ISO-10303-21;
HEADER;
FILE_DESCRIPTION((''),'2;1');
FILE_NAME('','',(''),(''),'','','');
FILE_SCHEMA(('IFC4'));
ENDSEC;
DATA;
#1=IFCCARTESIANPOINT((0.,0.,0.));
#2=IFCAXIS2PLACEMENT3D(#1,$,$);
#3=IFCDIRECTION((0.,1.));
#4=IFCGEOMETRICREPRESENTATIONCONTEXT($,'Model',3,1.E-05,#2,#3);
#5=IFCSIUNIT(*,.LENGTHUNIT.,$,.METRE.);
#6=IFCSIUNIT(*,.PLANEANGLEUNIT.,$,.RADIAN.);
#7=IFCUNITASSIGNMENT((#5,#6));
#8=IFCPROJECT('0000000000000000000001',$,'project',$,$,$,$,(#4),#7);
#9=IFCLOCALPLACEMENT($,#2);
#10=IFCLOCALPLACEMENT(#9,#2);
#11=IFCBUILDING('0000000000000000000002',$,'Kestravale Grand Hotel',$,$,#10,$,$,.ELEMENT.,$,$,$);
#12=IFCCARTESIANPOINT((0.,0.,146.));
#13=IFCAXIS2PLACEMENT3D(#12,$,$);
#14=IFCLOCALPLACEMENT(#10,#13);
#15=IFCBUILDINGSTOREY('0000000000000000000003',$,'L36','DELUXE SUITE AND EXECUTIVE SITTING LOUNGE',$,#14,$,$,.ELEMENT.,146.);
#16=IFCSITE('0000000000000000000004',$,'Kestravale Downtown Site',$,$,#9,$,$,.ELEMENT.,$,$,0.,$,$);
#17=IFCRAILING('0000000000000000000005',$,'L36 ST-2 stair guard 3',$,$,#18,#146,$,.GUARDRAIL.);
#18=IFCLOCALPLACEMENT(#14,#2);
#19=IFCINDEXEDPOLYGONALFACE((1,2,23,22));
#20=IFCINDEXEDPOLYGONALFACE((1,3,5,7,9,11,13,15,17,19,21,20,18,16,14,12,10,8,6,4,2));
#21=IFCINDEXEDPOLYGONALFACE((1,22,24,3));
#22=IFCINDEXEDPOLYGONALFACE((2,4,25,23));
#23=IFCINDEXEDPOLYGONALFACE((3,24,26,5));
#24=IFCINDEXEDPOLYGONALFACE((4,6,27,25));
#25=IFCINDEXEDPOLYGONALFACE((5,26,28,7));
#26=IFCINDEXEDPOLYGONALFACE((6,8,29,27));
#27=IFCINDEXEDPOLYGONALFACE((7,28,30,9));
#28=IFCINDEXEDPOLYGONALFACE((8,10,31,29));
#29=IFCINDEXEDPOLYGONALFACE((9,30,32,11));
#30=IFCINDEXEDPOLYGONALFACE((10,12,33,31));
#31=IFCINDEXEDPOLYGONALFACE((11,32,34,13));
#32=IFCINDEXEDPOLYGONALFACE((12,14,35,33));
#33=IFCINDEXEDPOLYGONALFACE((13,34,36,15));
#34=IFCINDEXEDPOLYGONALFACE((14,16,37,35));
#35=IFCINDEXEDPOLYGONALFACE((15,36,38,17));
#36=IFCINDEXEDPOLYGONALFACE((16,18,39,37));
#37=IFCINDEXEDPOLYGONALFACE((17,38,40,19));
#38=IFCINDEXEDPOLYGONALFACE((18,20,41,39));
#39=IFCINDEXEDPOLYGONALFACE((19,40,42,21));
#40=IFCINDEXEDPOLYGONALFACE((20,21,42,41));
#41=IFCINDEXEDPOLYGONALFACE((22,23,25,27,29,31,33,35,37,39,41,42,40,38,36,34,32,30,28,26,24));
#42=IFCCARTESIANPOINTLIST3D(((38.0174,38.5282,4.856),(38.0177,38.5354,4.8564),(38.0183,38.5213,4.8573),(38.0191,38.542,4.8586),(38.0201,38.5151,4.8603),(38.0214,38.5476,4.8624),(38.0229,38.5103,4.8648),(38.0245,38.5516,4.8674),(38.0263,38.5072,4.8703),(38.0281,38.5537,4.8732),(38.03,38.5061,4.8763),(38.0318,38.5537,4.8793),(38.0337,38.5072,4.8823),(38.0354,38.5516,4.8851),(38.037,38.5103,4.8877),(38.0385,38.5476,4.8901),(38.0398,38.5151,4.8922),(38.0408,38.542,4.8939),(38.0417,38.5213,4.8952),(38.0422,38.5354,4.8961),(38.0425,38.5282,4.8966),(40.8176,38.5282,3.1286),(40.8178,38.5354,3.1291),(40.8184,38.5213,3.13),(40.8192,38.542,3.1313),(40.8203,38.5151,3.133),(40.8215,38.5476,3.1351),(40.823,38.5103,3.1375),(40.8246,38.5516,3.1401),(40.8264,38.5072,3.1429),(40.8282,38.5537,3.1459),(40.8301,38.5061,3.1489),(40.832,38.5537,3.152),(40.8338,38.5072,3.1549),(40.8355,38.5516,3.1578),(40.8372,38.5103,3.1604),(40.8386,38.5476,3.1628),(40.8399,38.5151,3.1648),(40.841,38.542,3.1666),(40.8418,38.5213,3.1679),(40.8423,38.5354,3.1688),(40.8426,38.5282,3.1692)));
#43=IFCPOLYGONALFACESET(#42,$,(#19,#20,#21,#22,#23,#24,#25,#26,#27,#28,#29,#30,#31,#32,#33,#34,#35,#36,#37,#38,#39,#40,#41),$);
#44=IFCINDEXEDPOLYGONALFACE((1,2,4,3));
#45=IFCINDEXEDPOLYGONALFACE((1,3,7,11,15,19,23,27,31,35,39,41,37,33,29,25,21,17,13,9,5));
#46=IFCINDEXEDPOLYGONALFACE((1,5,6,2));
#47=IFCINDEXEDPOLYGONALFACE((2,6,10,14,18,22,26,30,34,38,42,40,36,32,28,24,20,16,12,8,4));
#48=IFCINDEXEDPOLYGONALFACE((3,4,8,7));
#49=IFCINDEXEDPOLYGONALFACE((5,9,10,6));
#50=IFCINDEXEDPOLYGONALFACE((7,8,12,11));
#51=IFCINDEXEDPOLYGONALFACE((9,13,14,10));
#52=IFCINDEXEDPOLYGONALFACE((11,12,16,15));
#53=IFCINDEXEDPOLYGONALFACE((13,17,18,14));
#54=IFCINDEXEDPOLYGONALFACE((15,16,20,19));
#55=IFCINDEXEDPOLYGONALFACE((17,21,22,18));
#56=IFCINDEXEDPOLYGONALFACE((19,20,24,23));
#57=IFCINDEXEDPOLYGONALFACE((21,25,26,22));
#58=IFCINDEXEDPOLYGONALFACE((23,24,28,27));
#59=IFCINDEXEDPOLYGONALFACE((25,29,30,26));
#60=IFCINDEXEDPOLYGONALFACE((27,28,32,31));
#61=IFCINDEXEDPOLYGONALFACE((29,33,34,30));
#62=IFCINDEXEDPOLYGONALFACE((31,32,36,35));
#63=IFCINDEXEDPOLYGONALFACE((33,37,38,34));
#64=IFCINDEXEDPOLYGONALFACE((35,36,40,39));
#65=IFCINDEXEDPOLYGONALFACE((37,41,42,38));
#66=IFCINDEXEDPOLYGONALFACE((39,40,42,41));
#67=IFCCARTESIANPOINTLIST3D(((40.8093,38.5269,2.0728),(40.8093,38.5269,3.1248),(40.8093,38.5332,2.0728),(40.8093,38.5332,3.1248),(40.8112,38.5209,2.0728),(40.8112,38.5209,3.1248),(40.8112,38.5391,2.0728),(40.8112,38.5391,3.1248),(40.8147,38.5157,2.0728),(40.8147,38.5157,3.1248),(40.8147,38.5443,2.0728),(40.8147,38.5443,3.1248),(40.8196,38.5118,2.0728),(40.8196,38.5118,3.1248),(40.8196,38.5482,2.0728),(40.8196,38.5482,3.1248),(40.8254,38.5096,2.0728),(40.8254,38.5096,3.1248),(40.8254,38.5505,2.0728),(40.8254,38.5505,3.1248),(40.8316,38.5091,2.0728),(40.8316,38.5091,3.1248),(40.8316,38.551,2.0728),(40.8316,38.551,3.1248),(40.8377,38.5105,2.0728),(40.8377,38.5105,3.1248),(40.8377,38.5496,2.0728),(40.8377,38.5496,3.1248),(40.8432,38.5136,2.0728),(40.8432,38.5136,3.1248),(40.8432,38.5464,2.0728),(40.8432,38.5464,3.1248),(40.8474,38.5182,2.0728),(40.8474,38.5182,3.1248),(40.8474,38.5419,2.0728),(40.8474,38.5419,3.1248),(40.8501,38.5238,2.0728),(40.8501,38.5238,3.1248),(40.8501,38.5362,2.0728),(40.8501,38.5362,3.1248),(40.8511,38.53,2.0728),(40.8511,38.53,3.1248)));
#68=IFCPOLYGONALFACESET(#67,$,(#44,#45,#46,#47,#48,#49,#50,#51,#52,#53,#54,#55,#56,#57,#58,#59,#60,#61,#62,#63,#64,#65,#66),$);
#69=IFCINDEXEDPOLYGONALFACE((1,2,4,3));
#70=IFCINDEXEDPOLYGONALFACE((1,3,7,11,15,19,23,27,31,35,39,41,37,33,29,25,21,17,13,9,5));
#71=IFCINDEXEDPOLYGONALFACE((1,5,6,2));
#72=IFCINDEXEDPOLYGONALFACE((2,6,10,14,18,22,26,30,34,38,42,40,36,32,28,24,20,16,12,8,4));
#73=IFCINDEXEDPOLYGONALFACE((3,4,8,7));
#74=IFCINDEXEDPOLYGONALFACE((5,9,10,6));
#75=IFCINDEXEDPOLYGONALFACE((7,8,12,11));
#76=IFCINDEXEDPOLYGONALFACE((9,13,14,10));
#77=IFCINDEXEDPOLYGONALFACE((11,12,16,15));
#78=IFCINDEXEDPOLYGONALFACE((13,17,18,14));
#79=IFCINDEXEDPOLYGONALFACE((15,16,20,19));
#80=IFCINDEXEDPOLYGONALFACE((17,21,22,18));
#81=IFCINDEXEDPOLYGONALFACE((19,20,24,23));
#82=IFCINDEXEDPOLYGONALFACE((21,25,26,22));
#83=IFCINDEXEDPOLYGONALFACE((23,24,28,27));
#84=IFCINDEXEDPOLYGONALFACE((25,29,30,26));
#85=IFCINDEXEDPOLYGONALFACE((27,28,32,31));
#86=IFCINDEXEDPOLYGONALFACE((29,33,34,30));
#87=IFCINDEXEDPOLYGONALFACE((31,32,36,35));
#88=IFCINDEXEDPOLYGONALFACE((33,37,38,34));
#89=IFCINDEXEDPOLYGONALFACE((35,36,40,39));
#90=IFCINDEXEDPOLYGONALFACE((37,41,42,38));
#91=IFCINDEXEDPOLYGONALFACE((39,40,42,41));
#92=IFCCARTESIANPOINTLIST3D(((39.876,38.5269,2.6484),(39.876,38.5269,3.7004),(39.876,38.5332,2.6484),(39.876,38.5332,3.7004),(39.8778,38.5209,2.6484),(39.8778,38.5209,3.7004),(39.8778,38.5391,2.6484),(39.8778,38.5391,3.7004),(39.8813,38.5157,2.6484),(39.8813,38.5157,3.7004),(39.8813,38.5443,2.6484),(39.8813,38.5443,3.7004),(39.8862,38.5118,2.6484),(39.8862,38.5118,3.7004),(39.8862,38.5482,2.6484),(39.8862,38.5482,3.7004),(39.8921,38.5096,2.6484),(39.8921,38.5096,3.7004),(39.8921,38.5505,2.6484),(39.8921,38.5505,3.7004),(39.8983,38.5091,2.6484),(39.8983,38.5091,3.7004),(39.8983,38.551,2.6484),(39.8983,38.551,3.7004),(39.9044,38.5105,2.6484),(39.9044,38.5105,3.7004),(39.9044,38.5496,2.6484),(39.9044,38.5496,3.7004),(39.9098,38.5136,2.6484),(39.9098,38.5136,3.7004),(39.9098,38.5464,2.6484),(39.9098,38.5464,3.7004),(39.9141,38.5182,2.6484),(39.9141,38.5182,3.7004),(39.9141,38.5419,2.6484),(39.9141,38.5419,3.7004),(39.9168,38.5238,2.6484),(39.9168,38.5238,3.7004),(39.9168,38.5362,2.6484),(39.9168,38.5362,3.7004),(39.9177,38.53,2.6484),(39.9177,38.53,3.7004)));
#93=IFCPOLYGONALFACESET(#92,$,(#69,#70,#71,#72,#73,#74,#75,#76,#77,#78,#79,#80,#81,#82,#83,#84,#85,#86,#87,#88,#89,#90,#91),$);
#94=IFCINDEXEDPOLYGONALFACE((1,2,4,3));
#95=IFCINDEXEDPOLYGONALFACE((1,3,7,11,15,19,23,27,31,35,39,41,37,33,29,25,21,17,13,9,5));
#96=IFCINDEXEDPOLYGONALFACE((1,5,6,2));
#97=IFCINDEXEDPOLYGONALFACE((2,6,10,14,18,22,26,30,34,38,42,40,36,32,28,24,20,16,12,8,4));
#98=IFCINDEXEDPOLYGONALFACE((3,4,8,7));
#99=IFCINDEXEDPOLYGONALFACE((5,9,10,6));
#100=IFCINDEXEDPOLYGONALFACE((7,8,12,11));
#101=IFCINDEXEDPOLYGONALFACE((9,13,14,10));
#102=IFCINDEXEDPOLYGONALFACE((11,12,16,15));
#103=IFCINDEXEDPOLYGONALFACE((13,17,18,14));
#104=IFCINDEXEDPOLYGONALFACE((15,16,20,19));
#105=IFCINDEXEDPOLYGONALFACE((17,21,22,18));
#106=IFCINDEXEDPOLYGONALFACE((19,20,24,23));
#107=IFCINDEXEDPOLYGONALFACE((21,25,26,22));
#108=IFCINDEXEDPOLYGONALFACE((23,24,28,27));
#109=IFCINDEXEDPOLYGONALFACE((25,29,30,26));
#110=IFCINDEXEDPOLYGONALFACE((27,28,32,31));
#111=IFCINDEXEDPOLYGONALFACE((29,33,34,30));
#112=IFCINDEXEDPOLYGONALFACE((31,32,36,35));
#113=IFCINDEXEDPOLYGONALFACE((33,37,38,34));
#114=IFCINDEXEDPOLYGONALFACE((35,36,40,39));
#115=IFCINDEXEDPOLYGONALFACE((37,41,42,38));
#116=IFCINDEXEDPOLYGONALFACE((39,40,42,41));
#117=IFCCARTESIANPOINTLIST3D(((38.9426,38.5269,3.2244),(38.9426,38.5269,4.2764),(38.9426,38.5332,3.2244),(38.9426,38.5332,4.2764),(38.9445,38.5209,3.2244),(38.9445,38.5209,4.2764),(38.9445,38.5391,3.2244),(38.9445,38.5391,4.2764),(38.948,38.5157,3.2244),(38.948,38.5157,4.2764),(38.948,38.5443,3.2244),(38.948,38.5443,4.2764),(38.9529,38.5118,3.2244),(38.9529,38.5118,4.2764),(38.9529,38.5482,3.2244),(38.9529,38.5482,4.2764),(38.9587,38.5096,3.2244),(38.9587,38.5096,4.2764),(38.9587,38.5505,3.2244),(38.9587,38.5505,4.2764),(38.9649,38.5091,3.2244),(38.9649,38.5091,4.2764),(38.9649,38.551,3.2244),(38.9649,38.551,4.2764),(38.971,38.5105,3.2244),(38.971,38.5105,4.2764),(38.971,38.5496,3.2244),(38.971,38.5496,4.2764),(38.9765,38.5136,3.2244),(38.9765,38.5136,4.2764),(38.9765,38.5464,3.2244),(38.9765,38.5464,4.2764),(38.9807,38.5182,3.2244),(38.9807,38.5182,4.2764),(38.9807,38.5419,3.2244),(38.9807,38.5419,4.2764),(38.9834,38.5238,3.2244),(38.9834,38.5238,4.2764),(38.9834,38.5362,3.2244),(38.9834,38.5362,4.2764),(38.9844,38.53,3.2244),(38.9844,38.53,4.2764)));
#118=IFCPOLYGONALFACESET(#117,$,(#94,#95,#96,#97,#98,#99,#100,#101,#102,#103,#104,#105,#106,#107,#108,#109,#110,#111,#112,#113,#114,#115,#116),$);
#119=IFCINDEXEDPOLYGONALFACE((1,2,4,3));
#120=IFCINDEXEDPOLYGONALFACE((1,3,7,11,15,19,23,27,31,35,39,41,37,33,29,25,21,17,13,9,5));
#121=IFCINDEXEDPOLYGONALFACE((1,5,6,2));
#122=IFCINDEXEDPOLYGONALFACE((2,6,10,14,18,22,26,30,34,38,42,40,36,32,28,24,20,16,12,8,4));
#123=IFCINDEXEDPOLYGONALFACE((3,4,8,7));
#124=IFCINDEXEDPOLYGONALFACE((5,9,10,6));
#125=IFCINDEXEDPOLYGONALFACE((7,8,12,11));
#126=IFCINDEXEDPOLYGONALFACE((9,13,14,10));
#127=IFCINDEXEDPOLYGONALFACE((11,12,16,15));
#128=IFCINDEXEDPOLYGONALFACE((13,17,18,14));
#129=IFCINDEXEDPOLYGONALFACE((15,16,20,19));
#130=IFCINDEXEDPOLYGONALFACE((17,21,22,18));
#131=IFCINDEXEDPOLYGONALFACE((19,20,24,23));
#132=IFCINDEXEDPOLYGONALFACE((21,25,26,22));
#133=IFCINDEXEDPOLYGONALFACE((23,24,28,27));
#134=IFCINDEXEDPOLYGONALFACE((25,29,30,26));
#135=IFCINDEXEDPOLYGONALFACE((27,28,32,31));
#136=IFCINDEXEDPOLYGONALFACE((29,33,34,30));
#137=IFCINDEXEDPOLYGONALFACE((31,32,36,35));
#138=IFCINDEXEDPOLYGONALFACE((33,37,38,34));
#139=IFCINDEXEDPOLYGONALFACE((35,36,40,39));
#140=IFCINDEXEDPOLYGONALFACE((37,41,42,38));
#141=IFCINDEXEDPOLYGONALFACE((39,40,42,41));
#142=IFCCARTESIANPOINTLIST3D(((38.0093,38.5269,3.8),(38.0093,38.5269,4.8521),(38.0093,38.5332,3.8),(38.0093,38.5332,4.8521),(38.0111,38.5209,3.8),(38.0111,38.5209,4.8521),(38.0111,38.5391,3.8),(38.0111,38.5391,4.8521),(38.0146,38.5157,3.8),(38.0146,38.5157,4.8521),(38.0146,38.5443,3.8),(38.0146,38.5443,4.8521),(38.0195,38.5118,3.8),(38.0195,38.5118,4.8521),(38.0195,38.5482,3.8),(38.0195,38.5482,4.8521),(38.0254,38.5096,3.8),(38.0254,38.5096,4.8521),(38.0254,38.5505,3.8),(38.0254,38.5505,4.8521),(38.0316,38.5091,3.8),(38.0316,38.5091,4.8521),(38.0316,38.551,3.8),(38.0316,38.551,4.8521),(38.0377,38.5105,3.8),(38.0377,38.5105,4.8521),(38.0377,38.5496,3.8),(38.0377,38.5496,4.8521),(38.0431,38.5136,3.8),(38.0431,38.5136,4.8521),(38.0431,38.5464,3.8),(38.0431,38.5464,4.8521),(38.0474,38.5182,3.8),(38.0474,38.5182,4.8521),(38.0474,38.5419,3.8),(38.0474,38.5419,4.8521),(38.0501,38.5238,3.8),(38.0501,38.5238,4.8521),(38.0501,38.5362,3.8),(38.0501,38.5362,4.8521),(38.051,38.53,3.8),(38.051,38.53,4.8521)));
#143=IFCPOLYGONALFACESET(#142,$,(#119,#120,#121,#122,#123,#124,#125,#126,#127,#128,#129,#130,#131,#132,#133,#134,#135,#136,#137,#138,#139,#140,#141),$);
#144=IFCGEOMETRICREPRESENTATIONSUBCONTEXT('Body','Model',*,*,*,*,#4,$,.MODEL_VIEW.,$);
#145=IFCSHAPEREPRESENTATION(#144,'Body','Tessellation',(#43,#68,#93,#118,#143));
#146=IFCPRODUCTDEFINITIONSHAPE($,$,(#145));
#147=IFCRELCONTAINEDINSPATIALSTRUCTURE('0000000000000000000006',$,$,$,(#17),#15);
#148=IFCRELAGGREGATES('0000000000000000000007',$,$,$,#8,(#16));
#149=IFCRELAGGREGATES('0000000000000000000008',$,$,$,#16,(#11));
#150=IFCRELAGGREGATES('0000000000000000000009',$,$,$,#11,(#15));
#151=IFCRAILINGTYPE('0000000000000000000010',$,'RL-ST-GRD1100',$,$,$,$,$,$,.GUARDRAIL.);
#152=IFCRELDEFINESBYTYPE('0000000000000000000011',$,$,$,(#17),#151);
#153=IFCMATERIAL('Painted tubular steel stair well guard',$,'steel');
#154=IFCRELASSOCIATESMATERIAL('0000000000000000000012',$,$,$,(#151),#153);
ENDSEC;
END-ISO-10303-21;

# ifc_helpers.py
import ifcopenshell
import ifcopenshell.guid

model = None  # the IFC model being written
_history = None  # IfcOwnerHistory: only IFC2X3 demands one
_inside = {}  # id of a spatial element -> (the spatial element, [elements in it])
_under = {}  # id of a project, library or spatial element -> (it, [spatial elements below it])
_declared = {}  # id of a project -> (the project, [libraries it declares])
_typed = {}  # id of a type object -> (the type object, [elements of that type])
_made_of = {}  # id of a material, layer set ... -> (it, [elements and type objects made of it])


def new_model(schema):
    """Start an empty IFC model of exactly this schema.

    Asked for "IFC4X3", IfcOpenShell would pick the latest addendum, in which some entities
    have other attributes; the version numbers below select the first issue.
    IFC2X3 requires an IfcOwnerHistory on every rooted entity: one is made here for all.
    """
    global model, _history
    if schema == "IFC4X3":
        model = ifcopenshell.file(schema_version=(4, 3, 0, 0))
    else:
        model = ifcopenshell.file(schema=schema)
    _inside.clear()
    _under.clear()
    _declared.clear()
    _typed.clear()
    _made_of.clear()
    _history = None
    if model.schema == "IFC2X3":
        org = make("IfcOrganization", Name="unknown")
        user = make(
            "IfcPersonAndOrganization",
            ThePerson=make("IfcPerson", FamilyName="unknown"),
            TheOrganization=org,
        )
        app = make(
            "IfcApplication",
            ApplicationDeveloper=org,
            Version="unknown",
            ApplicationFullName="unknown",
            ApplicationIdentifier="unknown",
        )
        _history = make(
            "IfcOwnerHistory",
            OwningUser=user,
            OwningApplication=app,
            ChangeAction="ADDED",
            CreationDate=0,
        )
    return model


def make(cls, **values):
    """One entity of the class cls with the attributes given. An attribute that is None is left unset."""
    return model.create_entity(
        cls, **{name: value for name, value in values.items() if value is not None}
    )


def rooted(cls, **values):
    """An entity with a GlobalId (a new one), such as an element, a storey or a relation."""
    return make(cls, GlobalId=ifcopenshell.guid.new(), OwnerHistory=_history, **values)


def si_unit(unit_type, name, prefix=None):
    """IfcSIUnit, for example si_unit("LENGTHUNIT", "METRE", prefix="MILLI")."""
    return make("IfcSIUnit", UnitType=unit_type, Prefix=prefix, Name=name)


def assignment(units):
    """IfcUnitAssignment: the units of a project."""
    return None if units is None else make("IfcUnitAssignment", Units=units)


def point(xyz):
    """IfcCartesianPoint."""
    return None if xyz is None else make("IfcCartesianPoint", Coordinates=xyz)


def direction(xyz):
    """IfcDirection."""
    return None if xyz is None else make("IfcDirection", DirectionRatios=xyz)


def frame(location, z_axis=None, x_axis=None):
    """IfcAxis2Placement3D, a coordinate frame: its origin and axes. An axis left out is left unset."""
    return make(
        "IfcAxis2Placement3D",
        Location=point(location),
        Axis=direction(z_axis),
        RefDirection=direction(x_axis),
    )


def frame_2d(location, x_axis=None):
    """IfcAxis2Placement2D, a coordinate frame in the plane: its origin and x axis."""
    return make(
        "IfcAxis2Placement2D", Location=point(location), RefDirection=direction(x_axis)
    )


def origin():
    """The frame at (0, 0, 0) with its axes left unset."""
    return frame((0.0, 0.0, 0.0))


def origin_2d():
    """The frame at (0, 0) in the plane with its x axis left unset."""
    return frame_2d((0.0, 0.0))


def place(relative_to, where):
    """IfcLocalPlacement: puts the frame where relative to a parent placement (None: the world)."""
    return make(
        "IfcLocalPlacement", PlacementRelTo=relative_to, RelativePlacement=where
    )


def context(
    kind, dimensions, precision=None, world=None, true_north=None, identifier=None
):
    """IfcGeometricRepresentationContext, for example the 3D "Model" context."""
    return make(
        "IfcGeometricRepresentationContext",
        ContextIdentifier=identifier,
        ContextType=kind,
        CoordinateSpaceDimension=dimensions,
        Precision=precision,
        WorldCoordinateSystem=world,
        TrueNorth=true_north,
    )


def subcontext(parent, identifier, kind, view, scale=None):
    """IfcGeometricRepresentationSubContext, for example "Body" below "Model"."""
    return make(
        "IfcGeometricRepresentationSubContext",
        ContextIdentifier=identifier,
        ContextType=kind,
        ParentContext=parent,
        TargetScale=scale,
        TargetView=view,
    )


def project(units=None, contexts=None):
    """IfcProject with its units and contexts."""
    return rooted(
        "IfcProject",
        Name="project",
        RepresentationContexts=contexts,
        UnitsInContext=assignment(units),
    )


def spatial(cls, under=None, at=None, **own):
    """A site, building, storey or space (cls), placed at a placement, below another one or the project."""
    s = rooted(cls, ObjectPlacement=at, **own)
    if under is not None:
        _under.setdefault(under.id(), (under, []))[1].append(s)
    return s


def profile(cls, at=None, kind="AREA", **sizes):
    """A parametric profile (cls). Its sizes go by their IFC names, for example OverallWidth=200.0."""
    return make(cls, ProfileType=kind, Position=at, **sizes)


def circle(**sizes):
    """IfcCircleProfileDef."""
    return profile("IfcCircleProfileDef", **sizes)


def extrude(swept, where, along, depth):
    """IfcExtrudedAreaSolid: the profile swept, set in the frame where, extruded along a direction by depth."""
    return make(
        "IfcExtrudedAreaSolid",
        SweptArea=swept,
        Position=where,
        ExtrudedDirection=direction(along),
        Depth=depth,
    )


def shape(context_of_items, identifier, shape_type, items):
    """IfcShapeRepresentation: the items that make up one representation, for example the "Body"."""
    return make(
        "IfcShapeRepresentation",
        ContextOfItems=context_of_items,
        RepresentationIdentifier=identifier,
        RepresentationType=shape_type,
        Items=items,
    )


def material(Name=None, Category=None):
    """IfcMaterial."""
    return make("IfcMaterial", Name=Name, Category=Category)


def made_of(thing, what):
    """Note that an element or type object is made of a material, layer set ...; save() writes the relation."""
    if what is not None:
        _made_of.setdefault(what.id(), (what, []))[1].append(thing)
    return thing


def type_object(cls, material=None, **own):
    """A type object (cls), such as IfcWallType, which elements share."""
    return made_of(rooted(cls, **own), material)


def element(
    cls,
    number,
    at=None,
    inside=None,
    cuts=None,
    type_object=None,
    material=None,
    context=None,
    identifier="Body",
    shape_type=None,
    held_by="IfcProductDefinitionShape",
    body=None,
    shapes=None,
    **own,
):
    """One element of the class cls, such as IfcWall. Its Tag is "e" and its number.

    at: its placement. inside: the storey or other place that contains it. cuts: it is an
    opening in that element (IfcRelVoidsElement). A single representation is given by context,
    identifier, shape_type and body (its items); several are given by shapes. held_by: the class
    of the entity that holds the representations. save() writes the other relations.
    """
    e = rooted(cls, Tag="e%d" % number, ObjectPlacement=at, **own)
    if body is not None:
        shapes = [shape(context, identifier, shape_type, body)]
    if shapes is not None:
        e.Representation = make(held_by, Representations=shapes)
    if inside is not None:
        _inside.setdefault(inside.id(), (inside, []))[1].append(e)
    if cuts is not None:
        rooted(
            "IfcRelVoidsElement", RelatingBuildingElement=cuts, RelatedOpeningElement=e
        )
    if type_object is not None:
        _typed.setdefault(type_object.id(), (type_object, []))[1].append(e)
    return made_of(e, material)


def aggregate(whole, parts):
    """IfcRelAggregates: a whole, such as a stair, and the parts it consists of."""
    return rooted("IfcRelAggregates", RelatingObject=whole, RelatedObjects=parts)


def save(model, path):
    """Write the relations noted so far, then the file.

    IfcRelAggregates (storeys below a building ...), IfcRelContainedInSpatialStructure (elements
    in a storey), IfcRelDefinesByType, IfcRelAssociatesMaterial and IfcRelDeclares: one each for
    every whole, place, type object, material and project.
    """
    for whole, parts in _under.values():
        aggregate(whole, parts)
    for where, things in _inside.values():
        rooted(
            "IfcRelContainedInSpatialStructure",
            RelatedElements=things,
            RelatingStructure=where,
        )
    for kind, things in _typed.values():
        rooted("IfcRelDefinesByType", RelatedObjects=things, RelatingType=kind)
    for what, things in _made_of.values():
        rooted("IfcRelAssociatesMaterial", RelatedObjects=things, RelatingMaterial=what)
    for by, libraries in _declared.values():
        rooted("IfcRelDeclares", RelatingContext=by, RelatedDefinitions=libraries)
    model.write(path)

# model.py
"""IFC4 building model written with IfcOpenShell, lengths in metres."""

from ifc_helpers import new_model, si_unit, direction, frame, origin, origin_2d, place, context, subcontext, project, spatial, circle, extrude, material, type_object, element, save


model = new_model("IFC4")

# Units and contexts
model_context = context("Model", 3, precision=1e-05, world=origin(), true_north=direction((0.0, 1.0)))
body_context = subcontext(model_context, "Body", "Model", "MODEL_VIEW")
ifc_project = project(units=[si_unit("LENGTHUNIT", "METRE"), si_unit("PLANEANGLEUNIT", "RADIAN")], contexts=[model_context])

# Site, building, storey
site_placement = place(None, origin())
site = spatial("IfcSite", under=ifc_project, at=site_placement, Name="Kestravale Downtown Site", CompositionType="ELEMENT", RefElevation=0.0)
building_placement = place(site_placement, origin())
building = spatial("IfcBuilding", under=site, at=building_placement, Name="Kestravale Grand Hotel", CompositionType="ELEMENT")
storey_placement = place(building_placement, frame((0.0, 0.0, 146.0)))
storey = spatial("IfcBuildingStorey", under=building, at=storey_placement, Name="L36", Description="DELUXE SUITE AND EXECUTIVE SITTING LOUNGE", CompositionType="ELEMENT", Elevation=146.0)

# Railing
ifc_material_1 = material(Name="Painted tubular steel stair well guard", Category="steel")
railing_type_1 = type_object("IfcRailingType", Name="RL-ST-GRD1100", PredefinedType="GUARDRAIL", material=ifc_material_1)
railing_1_placement = place(storey_placement, frame((40.8301, 38.53, 2.0728)))
element("IfcRailing", 1, at=railing_1_placement, inside=storey, type_object=railing_type_1, Name="L36 ST-2 stair guard 3", PredefinedType="GUARDRAIL", context=body_context, shape_type="SweptSolid", body=[
    extrude(circle(Radius=0.0239, at=origin_2d()), frame((0.0, 0.0, 1.0762), z_axis=(-0.85109, 0.0, 0.52502), x_axis=(0.0, -1.0, 0.0)), (0.0, 0.0, 1.0), 3.29),
    extrude(circle(Radius=0.021, at=origin_2d()), origin(), (0.0, 0.0, 1.0), 1.052),
    extrude(circle(Radius=0.021, at=origin_2d()), frame((-0.9333, 0.0, 0.5757)), (0.0, 0.0, 1.0), 1.052),
    extrude(circle(Radius=0.021, at=origin_2d()), frame((-1.8667, 0.0, 1.1516)), (0.0, 0.0, 1.0), 1.052),
    extrude(circle(Radius=0.021, at=origin_2d()), frame((-2.8, 0.0, 1.7273)), (0.0, 0.0, 1.0), 1.052),
])

save(model, "model.ifc")
